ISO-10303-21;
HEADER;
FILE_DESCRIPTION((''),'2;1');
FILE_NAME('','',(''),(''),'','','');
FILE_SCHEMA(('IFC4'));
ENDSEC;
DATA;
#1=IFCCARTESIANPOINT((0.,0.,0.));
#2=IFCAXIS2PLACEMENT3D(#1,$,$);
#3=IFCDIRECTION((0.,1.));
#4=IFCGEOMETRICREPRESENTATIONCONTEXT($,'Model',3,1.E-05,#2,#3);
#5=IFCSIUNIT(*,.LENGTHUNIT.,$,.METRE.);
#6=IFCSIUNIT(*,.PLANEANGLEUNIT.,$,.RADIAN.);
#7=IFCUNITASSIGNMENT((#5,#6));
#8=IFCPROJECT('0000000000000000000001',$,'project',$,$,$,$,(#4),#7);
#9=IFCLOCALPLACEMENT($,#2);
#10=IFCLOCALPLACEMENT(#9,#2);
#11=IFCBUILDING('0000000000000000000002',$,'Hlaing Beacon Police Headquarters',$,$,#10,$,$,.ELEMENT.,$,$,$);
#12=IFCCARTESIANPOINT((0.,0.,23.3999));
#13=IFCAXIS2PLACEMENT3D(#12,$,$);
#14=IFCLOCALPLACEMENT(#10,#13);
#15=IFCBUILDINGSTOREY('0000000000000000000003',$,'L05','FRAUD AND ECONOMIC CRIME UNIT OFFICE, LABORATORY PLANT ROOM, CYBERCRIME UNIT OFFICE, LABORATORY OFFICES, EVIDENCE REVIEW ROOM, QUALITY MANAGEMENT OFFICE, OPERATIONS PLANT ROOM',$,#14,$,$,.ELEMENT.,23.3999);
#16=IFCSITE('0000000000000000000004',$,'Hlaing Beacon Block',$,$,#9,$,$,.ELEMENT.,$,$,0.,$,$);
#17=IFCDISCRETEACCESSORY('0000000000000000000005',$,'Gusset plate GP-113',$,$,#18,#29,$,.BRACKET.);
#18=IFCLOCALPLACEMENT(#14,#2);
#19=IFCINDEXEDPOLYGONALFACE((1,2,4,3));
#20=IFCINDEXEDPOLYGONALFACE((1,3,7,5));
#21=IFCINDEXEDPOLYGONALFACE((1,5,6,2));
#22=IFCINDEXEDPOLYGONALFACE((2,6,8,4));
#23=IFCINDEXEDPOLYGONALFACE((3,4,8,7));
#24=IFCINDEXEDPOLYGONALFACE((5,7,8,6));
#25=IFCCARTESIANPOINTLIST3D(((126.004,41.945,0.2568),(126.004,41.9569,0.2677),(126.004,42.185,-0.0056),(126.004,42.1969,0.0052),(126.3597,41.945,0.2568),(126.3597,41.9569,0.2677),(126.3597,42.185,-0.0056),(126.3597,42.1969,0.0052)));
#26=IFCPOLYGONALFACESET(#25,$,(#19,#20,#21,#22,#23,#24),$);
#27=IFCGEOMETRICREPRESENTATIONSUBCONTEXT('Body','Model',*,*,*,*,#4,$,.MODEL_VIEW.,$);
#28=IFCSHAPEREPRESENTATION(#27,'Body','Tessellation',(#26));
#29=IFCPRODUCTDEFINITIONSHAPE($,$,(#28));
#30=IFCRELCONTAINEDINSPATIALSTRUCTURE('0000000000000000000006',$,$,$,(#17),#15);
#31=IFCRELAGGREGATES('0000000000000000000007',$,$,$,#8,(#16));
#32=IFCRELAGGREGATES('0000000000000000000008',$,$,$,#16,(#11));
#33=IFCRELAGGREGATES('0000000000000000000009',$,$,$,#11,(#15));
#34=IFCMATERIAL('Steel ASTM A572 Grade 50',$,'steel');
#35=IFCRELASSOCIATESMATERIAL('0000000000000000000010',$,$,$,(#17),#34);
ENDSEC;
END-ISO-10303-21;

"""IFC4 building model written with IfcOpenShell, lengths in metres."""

from ifc_helpers import new_model, si_unit, direction, frame, origin, origin_2d, place, context, subcontext, project, spatial, rectangle, extrude, material, element, save


model = new_model("IFC4")

# Units and contexts
model_context = context("Model", 3, precision=1e-05, world=origin(), true_north=direction((0.0, 1.0)))
body_context = subcontext(model_context, "Body", "Model", "MODEL_VIEW")
ifc_project = project(units=[si_unit("LENGTHUNIT", "METRE"), si_unit("PLANEANGLEUNIT", "RADIAN")], contexts=[model_context])

# Site, building, storey
site_placement = place(None, origin())
site = spatial("IfcSite", under=ifc_project, at=site_placement, Name="Hlaing Beacon Block", CompositionType="ELEMENT", RefElevation=0.0)
building_placement = place(site_placement, origin())
building = spatial("IfcBuilding", under=site, at=building_placement, Name="Hlaing Beacon Police Headquarters", CompositionType="ELEMENT")
storey_placement = place(building_placement, frame((0.0, 0.0, 23.3999)))
storey = spatial("IfcBuildingStorey", under=building, at=storey_placement, Name="L05", Description="FRAUD AND ECONOMIC CRIME UNIT OFFICE, LABORATORY PLANT ROOM, CYBERCRIME UNIT OFFICE, LABORATORY OFFICES, EVIDENCE REVIEW ROOM, QUALITY MANAGEMENT OFFICE, OPERATIONS PLANT ROOM", CompositionType="ELEMENT", Elevation=23.3999)

# Discrete accessory
ifc_material_1 = material(Name="Steel ASTM A572 Grade 50", Category="steel")
discrete_accessory_placement = place(storey_placement, frame((126.1819, 42.0769, 0.1365), z_axis=(0.0, -0.737951, -0.674854), x_axis=(1.0, 0.0, 0.0)))
element("IfcDiscreteAccessory", 1, at=discrete_accessory_placement, inside=storey, material=ifc_material_1, Name="Gusset plate GP-113", PredefinedType="BRACKET", context=body_context, shape_type="SweptSolid", body=[
    extrude(rectangle(XDim=0.3557, YDim=0.3557, at=origin_2d()), origin(), (0.0, 0.0, 1.0), 0.0161),
])

save(model, "model.ifc")
